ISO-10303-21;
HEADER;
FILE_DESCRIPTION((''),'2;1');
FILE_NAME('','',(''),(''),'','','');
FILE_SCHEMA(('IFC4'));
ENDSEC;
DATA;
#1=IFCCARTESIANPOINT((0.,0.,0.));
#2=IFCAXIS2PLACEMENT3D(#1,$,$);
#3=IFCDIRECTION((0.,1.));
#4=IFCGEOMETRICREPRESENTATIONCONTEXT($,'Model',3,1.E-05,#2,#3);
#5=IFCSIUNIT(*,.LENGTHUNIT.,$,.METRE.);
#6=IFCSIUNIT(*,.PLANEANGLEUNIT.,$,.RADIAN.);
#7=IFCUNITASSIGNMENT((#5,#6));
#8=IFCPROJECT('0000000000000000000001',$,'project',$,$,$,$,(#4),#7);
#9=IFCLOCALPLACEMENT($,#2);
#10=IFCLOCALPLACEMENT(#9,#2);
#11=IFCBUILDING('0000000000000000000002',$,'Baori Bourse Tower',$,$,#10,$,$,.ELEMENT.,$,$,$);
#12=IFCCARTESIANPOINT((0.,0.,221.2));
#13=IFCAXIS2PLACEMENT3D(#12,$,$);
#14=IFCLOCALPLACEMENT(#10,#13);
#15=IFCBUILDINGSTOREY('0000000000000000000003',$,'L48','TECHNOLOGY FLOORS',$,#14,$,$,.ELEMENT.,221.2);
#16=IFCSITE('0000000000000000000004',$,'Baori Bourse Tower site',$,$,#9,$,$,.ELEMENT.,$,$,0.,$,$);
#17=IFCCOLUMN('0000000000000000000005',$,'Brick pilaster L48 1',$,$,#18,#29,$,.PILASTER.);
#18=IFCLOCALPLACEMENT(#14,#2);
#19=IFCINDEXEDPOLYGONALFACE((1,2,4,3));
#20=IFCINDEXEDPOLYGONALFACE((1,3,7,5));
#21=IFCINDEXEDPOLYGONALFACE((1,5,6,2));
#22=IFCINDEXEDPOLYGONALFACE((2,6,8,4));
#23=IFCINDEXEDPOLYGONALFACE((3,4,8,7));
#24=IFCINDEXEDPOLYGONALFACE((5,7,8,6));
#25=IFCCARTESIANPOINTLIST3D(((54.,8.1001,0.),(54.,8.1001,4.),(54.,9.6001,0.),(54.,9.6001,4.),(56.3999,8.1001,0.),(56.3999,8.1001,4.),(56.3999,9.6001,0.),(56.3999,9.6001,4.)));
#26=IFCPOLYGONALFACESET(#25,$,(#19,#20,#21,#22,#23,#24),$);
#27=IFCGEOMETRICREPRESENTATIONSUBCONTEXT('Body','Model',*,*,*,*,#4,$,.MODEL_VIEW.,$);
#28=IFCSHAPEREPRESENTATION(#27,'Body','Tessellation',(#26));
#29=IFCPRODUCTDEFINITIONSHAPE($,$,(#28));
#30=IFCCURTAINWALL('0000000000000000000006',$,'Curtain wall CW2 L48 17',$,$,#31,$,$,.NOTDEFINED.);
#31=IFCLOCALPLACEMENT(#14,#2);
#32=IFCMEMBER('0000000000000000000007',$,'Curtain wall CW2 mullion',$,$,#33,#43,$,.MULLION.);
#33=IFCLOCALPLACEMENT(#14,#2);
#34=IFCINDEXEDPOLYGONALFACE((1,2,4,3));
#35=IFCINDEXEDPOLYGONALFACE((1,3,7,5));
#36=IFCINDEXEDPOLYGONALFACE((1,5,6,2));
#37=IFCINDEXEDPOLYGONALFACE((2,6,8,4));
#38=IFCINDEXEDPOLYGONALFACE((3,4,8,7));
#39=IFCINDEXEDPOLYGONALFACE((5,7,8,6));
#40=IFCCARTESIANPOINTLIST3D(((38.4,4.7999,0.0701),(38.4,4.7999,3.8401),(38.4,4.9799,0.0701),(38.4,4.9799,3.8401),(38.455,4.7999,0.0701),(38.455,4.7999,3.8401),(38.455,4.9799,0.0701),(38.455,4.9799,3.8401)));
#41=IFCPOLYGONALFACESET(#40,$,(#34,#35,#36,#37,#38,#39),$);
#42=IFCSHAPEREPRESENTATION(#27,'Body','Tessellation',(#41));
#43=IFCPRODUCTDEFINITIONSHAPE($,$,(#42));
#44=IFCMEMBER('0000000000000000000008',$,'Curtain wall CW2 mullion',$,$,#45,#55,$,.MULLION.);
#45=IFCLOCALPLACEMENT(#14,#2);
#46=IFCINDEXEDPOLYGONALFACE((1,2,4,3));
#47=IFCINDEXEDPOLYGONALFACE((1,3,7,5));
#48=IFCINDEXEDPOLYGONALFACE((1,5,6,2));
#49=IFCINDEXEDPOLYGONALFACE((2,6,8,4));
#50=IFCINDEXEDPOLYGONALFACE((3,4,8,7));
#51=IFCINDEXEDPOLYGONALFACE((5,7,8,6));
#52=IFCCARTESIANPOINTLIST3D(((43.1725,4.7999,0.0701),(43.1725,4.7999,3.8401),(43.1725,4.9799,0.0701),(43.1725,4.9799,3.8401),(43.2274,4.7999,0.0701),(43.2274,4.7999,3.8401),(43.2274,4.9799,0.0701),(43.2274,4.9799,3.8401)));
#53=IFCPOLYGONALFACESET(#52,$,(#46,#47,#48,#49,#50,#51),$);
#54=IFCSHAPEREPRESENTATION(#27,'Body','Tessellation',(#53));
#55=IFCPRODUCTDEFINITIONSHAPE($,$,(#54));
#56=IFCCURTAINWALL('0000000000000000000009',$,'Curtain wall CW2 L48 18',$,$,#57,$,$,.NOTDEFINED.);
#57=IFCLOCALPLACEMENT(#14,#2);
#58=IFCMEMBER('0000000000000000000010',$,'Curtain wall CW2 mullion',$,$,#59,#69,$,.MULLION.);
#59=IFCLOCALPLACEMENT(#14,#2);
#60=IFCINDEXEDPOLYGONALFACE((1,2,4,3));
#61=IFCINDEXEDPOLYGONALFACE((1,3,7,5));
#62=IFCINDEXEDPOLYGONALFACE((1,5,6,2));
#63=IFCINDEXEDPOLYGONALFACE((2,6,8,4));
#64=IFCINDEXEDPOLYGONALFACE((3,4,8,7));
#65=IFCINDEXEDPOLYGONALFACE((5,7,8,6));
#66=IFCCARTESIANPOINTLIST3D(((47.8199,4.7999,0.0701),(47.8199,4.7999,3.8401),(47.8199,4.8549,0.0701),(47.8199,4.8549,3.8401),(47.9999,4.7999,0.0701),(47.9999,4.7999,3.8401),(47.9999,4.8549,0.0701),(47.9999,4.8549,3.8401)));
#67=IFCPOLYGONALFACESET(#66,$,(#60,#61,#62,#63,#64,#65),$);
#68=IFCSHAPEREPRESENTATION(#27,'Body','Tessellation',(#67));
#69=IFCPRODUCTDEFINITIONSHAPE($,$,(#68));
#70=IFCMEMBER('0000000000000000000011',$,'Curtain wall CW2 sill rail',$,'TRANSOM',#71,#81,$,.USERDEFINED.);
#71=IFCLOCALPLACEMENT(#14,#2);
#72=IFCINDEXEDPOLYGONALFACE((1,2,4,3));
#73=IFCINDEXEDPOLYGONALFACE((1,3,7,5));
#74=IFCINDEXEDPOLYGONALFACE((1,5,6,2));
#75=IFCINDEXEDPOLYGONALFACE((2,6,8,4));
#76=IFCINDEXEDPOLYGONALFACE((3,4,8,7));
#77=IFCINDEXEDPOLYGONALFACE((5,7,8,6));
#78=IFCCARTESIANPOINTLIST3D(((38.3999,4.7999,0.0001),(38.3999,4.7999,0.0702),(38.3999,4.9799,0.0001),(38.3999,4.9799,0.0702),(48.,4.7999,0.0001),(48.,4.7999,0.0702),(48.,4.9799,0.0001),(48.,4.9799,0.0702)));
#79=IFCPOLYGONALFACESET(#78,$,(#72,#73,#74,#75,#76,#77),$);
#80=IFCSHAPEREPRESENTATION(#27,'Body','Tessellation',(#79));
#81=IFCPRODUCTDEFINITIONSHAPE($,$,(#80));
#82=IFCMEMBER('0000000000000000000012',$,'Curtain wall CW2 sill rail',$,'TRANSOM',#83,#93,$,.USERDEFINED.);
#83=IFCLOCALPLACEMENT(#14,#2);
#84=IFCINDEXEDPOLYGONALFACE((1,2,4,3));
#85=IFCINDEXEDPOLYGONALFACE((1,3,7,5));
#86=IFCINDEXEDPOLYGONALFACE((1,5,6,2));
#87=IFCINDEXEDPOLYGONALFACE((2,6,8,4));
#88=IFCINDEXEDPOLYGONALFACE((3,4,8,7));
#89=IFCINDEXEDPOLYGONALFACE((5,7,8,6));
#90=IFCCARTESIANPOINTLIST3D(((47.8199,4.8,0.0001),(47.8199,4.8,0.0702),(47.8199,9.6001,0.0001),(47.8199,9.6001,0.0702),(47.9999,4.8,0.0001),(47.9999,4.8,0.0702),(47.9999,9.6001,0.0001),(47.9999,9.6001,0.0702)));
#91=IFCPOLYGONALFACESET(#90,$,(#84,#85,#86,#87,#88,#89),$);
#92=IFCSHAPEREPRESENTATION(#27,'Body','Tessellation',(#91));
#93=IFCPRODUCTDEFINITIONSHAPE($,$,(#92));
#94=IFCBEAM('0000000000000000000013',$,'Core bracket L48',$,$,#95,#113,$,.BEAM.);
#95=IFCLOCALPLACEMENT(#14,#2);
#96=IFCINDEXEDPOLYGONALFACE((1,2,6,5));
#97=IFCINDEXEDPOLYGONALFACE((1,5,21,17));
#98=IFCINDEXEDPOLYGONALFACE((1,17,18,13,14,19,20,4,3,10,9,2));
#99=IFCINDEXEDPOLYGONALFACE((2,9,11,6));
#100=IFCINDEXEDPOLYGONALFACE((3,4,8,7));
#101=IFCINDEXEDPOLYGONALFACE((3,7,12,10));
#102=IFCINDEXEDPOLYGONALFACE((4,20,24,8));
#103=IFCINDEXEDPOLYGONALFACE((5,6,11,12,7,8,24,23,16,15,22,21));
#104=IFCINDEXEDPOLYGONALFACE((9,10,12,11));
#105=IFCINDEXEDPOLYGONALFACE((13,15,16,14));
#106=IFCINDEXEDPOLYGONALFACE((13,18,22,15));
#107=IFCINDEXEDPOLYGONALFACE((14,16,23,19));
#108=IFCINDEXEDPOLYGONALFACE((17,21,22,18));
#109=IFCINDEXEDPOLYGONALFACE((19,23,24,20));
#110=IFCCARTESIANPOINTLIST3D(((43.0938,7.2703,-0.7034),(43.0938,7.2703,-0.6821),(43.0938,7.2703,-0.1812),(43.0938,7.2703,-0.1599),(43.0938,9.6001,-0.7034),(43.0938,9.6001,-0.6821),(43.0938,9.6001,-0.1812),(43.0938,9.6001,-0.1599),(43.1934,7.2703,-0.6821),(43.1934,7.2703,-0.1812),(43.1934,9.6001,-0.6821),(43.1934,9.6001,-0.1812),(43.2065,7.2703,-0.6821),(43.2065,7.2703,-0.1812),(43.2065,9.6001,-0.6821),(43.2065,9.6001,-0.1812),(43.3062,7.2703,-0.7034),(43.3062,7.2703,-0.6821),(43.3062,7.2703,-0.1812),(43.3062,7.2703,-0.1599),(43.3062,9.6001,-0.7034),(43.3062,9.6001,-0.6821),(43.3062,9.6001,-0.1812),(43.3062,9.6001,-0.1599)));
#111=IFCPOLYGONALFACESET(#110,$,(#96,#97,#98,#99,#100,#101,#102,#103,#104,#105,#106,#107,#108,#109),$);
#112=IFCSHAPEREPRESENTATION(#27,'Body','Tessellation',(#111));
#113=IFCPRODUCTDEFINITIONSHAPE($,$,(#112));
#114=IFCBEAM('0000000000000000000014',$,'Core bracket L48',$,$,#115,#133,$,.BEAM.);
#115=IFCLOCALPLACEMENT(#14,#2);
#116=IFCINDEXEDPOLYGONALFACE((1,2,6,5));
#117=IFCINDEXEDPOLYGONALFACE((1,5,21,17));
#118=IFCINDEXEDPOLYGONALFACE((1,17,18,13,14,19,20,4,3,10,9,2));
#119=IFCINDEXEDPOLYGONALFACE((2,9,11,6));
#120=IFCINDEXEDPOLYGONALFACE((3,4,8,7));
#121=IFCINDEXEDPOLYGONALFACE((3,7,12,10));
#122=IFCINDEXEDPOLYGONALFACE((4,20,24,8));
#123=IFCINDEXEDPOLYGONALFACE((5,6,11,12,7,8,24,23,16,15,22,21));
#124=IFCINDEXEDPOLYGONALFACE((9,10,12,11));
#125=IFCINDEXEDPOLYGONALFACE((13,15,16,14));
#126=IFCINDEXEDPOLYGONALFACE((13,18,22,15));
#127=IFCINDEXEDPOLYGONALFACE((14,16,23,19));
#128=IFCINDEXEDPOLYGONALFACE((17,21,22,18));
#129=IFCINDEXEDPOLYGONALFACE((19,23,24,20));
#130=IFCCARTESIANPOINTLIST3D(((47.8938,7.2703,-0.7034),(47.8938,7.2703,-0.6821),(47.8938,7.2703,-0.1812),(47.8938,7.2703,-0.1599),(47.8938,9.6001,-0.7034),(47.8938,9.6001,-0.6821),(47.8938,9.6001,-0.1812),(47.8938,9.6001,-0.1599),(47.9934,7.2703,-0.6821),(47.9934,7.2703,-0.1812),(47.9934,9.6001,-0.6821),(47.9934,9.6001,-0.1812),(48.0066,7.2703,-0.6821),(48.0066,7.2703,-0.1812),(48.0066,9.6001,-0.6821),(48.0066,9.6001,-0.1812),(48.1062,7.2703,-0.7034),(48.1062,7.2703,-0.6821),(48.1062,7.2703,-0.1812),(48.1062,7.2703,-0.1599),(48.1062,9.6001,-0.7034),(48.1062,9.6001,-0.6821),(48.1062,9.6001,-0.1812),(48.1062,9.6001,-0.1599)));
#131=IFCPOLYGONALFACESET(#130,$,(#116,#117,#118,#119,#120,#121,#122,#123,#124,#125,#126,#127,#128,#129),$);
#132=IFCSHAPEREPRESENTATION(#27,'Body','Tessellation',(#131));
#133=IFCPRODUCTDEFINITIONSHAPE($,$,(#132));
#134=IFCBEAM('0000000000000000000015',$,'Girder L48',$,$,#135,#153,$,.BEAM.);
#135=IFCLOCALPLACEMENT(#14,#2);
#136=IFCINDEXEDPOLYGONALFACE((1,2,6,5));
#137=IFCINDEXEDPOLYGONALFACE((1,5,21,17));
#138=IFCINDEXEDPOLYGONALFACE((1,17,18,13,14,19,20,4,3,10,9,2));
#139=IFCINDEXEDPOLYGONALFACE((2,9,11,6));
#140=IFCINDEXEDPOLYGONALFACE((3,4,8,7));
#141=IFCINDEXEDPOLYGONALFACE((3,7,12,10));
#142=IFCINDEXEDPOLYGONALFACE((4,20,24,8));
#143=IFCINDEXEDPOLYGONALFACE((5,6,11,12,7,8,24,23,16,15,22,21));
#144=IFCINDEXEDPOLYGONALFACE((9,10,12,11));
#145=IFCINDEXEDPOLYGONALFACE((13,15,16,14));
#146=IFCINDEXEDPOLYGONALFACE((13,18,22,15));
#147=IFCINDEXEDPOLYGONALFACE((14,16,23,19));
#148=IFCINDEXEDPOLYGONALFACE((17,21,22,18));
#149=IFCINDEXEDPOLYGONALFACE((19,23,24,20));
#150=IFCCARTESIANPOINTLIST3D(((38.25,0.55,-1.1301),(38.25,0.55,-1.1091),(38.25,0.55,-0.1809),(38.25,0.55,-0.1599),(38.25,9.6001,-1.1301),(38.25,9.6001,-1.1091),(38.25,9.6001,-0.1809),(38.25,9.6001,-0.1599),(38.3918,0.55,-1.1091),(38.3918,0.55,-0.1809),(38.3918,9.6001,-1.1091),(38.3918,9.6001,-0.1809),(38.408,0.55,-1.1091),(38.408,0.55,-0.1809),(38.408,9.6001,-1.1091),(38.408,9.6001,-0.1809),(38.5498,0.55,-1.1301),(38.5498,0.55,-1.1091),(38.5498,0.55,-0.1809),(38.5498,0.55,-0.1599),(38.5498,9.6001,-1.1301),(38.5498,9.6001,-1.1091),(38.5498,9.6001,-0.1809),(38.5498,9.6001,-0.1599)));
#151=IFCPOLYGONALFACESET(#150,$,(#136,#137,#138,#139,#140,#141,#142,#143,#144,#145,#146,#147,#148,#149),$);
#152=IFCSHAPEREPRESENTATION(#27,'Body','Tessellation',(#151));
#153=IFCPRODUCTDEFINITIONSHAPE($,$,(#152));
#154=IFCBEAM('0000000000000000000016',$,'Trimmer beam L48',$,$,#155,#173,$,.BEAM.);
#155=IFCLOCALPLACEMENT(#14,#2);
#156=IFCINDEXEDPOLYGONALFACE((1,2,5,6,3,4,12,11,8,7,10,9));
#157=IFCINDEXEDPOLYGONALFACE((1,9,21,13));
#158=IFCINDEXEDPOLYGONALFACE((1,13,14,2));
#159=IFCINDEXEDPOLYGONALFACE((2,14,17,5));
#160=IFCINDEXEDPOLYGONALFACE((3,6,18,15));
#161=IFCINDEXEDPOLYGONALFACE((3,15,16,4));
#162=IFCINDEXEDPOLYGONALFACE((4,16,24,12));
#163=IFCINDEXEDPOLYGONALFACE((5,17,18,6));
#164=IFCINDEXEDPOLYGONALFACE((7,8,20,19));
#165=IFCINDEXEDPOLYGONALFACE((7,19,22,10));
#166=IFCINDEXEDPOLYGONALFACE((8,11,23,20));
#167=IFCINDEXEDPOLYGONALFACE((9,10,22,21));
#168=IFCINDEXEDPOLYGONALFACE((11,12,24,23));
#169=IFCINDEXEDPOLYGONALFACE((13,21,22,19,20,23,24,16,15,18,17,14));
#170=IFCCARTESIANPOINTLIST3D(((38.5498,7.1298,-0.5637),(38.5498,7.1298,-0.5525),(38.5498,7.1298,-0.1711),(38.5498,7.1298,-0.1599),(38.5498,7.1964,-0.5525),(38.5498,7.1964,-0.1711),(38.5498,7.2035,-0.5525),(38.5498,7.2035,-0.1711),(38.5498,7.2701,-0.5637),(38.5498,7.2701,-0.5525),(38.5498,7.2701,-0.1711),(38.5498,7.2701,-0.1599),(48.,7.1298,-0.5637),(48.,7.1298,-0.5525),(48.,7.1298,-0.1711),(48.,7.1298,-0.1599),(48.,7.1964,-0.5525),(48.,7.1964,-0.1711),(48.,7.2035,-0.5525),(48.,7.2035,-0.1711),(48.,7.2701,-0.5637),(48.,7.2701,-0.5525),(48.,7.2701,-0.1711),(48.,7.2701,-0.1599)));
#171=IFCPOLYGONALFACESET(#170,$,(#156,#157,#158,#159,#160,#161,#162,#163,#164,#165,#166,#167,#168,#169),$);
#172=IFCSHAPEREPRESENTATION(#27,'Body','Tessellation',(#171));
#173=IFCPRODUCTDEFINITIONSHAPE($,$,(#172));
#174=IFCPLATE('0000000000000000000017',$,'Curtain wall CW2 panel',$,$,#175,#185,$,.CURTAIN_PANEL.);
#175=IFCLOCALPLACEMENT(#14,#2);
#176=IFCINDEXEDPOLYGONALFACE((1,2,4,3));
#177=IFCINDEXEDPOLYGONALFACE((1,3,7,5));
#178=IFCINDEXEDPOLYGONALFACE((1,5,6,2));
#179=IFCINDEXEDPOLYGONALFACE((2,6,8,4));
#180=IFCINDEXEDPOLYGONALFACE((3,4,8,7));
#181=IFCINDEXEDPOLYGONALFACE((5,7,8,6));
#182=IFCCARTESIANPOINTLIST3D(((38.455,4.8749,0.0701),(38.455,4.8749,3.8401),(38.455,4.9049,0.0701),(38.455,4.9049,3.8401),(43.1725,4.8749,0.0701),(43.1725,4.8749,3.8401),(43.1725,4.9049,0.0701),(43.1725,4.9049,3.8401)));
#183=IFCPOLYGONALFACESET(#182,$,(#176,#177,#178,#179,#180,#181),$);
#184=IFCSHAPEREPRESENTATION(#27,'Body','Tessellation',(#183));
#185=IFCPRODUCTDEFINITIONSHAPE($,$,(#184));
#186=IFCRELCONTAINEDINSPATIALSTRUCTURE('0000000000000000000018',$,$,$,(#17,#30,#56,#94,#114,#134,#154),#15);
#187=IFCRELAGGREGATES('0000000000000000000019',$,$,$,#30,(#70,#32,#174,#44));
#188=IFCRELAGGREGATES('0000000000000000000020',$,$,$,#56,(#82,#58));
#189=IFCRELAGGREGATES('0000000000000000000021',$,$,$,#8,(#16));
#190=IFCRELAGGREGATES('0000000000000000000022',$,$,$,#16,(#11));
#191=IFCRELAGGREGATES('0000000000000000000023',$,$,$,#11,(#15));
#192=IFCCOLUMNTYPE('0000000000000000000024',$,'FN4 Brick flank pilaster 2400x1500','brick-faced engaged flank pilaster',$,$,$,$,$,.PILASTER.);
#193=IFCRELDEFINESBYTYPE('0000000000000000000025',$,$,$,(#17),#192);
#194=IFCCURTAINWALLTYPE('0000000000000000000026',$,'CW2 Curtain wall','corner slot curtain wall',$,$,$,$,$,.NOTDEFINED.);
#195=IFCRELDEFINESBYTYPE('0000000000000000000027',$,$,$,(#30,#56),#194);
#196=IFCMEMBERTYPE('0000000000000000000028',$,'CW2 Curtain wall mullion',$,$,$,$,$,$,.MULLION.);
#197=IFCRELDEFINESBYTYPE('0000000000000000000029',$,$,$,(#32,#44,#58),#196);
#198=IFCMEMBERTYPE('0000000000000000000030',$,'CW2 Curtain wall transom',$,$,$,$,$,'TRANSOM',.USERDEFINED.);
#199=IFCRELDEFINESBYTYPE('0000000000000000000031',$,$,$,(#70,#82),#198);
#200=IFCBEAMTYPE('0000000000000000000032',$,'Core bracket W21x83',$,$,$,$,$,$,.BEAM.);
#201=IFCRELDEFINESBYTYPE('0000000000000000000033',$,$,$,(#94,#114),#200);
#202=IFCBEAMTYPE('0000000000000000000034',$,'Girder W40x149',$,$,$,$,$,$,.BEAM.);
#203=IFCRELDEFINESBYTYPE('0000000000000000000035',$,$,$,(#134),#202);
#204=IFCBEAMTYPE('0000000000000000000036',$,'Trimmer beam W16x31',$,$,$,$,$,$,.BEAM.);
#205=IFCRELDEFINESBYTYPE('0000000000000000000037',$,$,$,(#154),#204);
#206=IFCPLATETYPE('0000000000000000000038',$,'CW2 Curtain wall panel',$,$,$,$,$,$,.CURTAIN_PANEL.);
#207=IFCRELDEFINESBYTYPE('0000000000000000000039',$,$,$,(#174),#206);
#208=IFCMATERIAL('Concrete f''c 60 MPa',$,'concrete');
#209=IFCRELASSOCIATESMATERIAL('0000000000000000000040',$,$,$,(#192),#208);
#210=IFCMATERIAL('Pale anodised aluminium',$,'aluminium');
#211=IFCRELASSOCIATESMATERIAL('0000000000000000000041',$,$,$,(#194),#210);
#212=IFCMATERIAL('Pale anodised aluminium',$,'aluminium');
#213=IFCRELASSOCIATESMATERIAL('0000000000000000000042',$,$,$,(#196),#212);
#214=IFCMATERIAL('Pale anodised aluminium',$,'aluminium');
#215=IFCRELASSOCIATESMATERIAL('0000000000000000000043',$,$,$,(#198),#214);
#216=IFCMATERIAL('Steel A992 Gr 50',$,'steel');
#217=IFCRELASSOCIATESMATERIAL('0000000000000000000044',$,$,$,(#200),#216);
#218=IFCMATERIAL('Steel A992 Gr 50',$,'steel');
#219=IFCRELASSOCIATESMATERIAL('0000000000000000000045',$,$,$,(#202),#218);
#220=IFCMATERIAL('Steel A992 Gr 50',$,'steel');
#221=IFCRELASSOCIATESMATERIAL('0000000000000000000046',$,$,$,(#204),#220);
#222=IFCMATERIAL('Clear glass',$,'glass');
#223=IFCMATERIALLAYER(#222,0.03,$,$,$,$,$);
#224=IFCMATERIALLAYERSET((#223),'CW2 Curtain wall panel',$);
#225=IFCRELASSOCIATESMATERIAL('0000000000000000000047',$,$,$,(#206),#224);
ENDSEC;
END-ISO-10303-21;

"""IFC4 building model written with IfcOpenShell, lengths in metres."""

from ifc_helpers import new_model, si_unit, direction, frame, origin, origin_2d, place, context, subcontext, project, spatial, rectangle, i_section, extrude, material, layer, layer_set, material_profile, profile_set, type_object, element, aggregate, save


model = new_model("IFC4")

# Units and contexts
model_context = context("Model", 3, precision=1e-05, world=origin(), true_north=direction((0.0, 1.0)))
body_context = subcontext(model_context, "Body", "Model", "MODEL_VIEW")
ifc_project = project(units=[si_unit("LENGTHUNIT", "METRE"), si_unit("PLANEANGLEUNIT", "RADIAN")], contexts=[model_context])

# Site, building, storey
site_placement = place(None, origin())
site = spatial("IfcSite", under=ifc_project, at=site_placement, Name="Baori Bourse Tower site", CompositionType="ELEMENT", RefElevation=0.0)
building_placement = place(site_placement, origin())
building = spatial("IfcBuilding", under=site, at=building_placement, Name="Baori Bourse Tower", CompositionType="ELEMENT")
storey_placement = place(building_placement, frame((0.0, 0.0, 221.2)))
storey = spatial("IfcBuildingStorey", under=building, at=storey_placement, Name="L48", Description="TECHNOLOGY FLOORS", CompositionType="ELEMENT", Elevation=221.2)

# Column
ifc_material_1 = material(Name="Concrete f'c 60 MPa", Category="concrete")
ifc_material_profile_1 = material_profile(ifc_material_1, rectangle(XDim=2.3999, YDim=1.5, at=origin_2d()), Name="RC 2400x1500")
ifc_profile_set_1 = profile_set([ifc_material_profile_1], Name="Concrete f'c 60 MPa")
column_type = type_object("IfcColumnType", Name="FN4 Brick flank pilaster 2400x1500", Description="brick-faced engaged flank pilaster", PredefinedType="PILASTER", material=ifc_profile_set_1)
column_placement = place(storey_placement, frame((55.2, 8.8501, 0.0), z_axis=(0.0, 0.0, 1.0), x_axis=(1.0, 0.0, 0.0)))
element("IfcColumn", 1, at=column_placement, inside=storey, type_object=column_type, Name="Brick pilaster L48 1", PredefinedType="PILASTER", context=body_context, shape_type="SweptSolid", body=[
    extrude(rectangle(XDim=2.3999, YDim=1.5, at=origin_2d()), origin(), (0.0, 0.0, 1.0), 4.0),
])

# Curtain wall, members
ifc_material_2 = material(Name="Pale anodised aluminium", Category="aluminium")
curtain_wall_type = type_object("IfcCurtainWallType", Name="CW2 Curtain wall", Description="corner slot curtain wall", PredefinedType="NOTDEFINED", material=ifc_material_2)
curtain_wall_1_placement = place(storey_placement, origin())
curtain_wall_1 = element("IfcCurtainWall", 2, at=curtain_wall_1_placement, inside=storey, type_object=curtain_wall_type, Name="Curtain wall CW2 L48 17", PredefinedType="NOTDEFINED")
ifc_material_3 = material(Name="Pale anodised aluminium", Category="aluminium")
ifc_material_profile_2 = material_profile(ifc_material_3, rectangle(XDim=0.1799, YDim=0.0549, at=origin_2d()), Name="Mullion 55x180")
ifc_profile_set_2 = profile_set([ifc_material_profile_2], Name="Pale anodised aluminium")
member_type_1 = type_object("IfcMemberType", Name="CW2 Curtain wall mullion", PredefinedType="MULLION", material=ifc_profile_set_2)
member_1_placement = place(storey_placement, frame((38.4275, 4.8899, 0.0701), z_axis=(0.0, 0.0, 1.0), x_axis=(0.0, 1.0, 0.0)))
member_1 = element("IfcMember", 3, at=member_1_placement, type_object=member_type_1, Name="Curtain wall CW2 mullion", PredefinedType="MULLION", context=body_context, shape_type="SweptSolid", body=[
    extrude(rectangle(XDim=0.1799, YDim=0.0549, at=origin_2d()), origin(), (0.0, 0.0, 1.0), 3.77),
])
member_2_placement = place(storey_placement, frame((43.2, 4.8899, 0.0701), z_axis=(0.0, 0.0, 1.0), x_axis=(0.0, 1.0, 0.0)))
member_2 = element("IfcMember", 4, at=member_2_placement, type_object=member_type_1, Name="Curtain wall CW2 mullion", PredefinedType="MULLION", context=body_context, shape_type="SweptSolid", body=[
    extrude(rectangle(XDim=0.1799, YDim=0.0549, at=origin_2d()), origin(), (0.0, 0.0, 1.0), 3.77),
])

# Curtain wall, member
curtain_wall_2_placement = place(storey_placement, origin())
curtain_wall_2 = element("IfcCurtainWall", 5, at=curtain_wall_2_placement, inside=storey, type_object=curtain_wall_type, Name="Curtain wall CW2 L48 18", PredefinedType="NOTDEFINED")
member_3_placement = place(storey_placement, frame((47.9099, 4.8274, 0.0701), z_axis=(0.0, 0.0, 1.0), x_axis=(-1.0, 0.0, 0.0)))
member_3 = element("IfcMember", 6, at=member_3_placement, type_object=member_type_1, Name="Curtain wall CW2 mullion", PredefinedType="MULLION", context=body_context, shape_type="SweptSolid", body=[
    extrude(rectangle(XDim=0.1799, YDim=0.0549, at=origin_2d()), origin(), (0.0, 0.0, 1.0), 3.77),
])

# Members
ifc_material_4 = material(Name="Pale anodised aluminium", Category="aluminium")
ifc_material_profile_3 = material_profile(ifc_material_4, rectangle(XDim=0.1799, YDim=0.0701, at=origin_2d()), Name="Transom 70x180")
ifc_profile_set_3 = profile_set([ifc_material_profile_3], Name="Pale anodised aluminium")
member_type_2 = type_object("IfcMemberType", Name="CW2 Curtain wall transom", ElementType="TRANSOM", PredefinedType="USERDEFINED", material=ifc_profile_set_3)
member_4_placement = place(storey_placement, frame((38.3999, 4.8899, 0.0352), z_axis=(1.0, 0.0, 0.0), x_axis=(0.0, 1.0, 0.0)))
member_4 = element("IfcMember", 7, at=member_4_placement, type_object=member_type_2, Name="Curtain wall CW2 sill rail", ObjectType="TRANSOM", PredefinedType="USERDEFINED", context=body_context, shape_type="SweptSolid", body=[
    extrude(rectangle(XDim=0.1799, YDim=0.0701, at=origin_2d()), origin(), (0.0, 0.0, 1.0), 9.6001),
])
member_5_placement = place(storey_placement, frame((47.9099, 4.8, 0.0352), z_axis=(0.0, 1.0, 0.0), x_axis=(-1.0, 0.0, 0.0)))
member_5 = element("IfcMember", 8, at=member_5_placement, type_object=member_type_2, Name="Curtain wall CW2 sill rail", ObjectType="TRANSOM", PredefinedType="USERDEFINED", context=body_context, shape_type="SweptSolid", body=[
    extrude(rectangle(XDim=0.1799, YDim=0.0701, at=origin_2d()), origin(), (0.0, 0.0, 1.0), 4.8),
])

# Beams
ifc_material_5 = material(Name="Steel A992 Gr 50", Category="steel")
ifc_material_profile_4 = material_profile(ifc_material_5, i_section(OverallWidth=0.2124, OverallDepth=0.5435, WebThickness=0.0132, FlangeThickness=0.0212, at=origin_2d()), Name="W21x83")
ifc_profile_set_4 = profile_set([ifc_material_profile_4], Name="Steel A992 Gr 50")
beam_type_1 = type_object("IfcBeamType", Name="Core bracket W21x83", PredefinedType="BEAM", material=ifc_profile_set_4)
for number, where, z_axis, x_axis, name in (
    (9, (43.2, 7.2703, -0.4316), (0.0, 1.0, 0.0), (-1.0, 0.0, 0.0), "Core bracket L48"),
    (10, (48.0, 7.2703, -0.4316), (0.0, 1.0, 0.0), (-1.0, 0.0, 0.0), "Core bracket L48"),
):
    element("IfcBeam", number, at=place(storey_placement, frame(where, z_axis=z_axis, x_axis=x_axis)), inside=storey, type_object=beam_type_1, Name=name, PredefinedType="BEAM", context=body_context, shape_type="SweptSolid", body=[
        extrude(i_section(OverallWidth=0.2124, OverallDepth=0.5435, WebThickness=0.0132, FlangeThickness=0.0212, at=origin_2d()), origin(), (0.0, 0.0, 1.0), 2.3298),
    ])
ifc_material_6 = material(Name="Steel A992 Gr 50", Category="steel")
ifc_material_profile_5 = material_profile(ifc_material_6, i_section(OverallWidth=0.2998, OverallDepth=0.9702, WebThickness=0.0161, FlangeThickness=0.021, at=origin_2d()), Name="W40x149")
ifc_profile_set_5 = profile_set([ifc_material_profile_5], Name="Steel A992 Gr 50")
beam_type_2 = type_object("IfcBeamType", Name="Girder W40x149", PredefinedType="BEAM", material=ifc_profile_set_5)
beam_1_placement = place(storey_placement, frame((38.3999, 0.55, -0.645), z_axis=(0.0, 1.0, 0.0), x_axis=(-1.0, 0.0, 0.0)))
element("IfcBeam", 11, at=beam_1_placement, inside=storey, type_object=beam_type_2, Name="Girder L48", PredefinedType="BEAM", context=body_context, shape_type="SweptSolid", body=[
    extrude(i_section(OverallWidth=0.2998, OverallDepth=0.9702, WebThickness=0.0161, FlangeThickness=0.021, at=origin_2d()), origin(), (0.0, 0.0, 1.0), 9.05),
])
ifc_material_7 = material(Name="Steel A992 Gr 50", Category="steel")
ifc_material_profile_6 = material_profile(ifc_material_7, i_section(OverallWidth=0.1404, OverallDepth=0.4038, WebThickness=0.0071, FlangeThickness=0.0112, at=origin_2d()), Name="W16x31")
ifc_profile_set_6 = profile_set([ifc_material_profile_6], Name="Steel A992 Gr 50")
beam_type_3 = type_object("IfcBeamType", Name="Trimmer beam W16x31", PredefinedType="BEAM", material=ifc_profile_set_6)
beam_2_placement = place(storey_placement, frame((38.5498, 7.2, -0.3618), z_axis=(1.0, 0.0, 0.0), x_axis=(0.0, 1.0, 0.0)))
element("IfcBeam", 12, at=beam_2_placement, inside=storey, type_object=beam_type_3, Name="Trimmer beam L48", PredefinedType="BEAM", context=body_context, shape_type="SweptSolid", body=[
    extrude(i_section(OverallWidth=0.1404, OverallDepth=0.4038, WebThickness=0.0071, FlangeThickness=0.0112, at=origin_2d()), origin(), (0.0, 0.0, 1.0), 9.4502),
])

# Plate
ifc_material_8 = material(Name="Clear glass", Category="glass")
ifc_layer_1 = layer(ifc_material_8, 0.03)
ifc_layer_set_1 = layer_set([ifc_layer_1], Name="CW2 Curtain wall panel")
plate_type = type_object("IfcPlateType", Name="CW2 Curtain wall panel", PredefinedType="CURTAIN_PANEL", material=ifc_layer_set_1)
plate_1_placement = place(storey_placement, frame((40.8137, 4.8899, 0.0701), z_axis=(0.0, 0.0, 1.0), x_axis=(1.0, 0.0, 0.0)))
plate_1 = element("IfcPlate", 13, at=plate_1_placement, type_object=plate_type, Name="Curtain wall CW2 panel", PredefinedType="CURTAIN_PANEL", context=body_context, shape_type="SweptSolid", body=[
    extrude(rectangle(XDim=4.7175, YDim=0.03, at=origin_2d()), origin(), (0.0, 0.0, 1.0), 3.77),
])
aggregate(curtain_wall_1, [member_4, member_1, plate_1, member_2])
aggregate(curtain_wall_2, [member_5, member_3])

save(model, "model.ifc")
